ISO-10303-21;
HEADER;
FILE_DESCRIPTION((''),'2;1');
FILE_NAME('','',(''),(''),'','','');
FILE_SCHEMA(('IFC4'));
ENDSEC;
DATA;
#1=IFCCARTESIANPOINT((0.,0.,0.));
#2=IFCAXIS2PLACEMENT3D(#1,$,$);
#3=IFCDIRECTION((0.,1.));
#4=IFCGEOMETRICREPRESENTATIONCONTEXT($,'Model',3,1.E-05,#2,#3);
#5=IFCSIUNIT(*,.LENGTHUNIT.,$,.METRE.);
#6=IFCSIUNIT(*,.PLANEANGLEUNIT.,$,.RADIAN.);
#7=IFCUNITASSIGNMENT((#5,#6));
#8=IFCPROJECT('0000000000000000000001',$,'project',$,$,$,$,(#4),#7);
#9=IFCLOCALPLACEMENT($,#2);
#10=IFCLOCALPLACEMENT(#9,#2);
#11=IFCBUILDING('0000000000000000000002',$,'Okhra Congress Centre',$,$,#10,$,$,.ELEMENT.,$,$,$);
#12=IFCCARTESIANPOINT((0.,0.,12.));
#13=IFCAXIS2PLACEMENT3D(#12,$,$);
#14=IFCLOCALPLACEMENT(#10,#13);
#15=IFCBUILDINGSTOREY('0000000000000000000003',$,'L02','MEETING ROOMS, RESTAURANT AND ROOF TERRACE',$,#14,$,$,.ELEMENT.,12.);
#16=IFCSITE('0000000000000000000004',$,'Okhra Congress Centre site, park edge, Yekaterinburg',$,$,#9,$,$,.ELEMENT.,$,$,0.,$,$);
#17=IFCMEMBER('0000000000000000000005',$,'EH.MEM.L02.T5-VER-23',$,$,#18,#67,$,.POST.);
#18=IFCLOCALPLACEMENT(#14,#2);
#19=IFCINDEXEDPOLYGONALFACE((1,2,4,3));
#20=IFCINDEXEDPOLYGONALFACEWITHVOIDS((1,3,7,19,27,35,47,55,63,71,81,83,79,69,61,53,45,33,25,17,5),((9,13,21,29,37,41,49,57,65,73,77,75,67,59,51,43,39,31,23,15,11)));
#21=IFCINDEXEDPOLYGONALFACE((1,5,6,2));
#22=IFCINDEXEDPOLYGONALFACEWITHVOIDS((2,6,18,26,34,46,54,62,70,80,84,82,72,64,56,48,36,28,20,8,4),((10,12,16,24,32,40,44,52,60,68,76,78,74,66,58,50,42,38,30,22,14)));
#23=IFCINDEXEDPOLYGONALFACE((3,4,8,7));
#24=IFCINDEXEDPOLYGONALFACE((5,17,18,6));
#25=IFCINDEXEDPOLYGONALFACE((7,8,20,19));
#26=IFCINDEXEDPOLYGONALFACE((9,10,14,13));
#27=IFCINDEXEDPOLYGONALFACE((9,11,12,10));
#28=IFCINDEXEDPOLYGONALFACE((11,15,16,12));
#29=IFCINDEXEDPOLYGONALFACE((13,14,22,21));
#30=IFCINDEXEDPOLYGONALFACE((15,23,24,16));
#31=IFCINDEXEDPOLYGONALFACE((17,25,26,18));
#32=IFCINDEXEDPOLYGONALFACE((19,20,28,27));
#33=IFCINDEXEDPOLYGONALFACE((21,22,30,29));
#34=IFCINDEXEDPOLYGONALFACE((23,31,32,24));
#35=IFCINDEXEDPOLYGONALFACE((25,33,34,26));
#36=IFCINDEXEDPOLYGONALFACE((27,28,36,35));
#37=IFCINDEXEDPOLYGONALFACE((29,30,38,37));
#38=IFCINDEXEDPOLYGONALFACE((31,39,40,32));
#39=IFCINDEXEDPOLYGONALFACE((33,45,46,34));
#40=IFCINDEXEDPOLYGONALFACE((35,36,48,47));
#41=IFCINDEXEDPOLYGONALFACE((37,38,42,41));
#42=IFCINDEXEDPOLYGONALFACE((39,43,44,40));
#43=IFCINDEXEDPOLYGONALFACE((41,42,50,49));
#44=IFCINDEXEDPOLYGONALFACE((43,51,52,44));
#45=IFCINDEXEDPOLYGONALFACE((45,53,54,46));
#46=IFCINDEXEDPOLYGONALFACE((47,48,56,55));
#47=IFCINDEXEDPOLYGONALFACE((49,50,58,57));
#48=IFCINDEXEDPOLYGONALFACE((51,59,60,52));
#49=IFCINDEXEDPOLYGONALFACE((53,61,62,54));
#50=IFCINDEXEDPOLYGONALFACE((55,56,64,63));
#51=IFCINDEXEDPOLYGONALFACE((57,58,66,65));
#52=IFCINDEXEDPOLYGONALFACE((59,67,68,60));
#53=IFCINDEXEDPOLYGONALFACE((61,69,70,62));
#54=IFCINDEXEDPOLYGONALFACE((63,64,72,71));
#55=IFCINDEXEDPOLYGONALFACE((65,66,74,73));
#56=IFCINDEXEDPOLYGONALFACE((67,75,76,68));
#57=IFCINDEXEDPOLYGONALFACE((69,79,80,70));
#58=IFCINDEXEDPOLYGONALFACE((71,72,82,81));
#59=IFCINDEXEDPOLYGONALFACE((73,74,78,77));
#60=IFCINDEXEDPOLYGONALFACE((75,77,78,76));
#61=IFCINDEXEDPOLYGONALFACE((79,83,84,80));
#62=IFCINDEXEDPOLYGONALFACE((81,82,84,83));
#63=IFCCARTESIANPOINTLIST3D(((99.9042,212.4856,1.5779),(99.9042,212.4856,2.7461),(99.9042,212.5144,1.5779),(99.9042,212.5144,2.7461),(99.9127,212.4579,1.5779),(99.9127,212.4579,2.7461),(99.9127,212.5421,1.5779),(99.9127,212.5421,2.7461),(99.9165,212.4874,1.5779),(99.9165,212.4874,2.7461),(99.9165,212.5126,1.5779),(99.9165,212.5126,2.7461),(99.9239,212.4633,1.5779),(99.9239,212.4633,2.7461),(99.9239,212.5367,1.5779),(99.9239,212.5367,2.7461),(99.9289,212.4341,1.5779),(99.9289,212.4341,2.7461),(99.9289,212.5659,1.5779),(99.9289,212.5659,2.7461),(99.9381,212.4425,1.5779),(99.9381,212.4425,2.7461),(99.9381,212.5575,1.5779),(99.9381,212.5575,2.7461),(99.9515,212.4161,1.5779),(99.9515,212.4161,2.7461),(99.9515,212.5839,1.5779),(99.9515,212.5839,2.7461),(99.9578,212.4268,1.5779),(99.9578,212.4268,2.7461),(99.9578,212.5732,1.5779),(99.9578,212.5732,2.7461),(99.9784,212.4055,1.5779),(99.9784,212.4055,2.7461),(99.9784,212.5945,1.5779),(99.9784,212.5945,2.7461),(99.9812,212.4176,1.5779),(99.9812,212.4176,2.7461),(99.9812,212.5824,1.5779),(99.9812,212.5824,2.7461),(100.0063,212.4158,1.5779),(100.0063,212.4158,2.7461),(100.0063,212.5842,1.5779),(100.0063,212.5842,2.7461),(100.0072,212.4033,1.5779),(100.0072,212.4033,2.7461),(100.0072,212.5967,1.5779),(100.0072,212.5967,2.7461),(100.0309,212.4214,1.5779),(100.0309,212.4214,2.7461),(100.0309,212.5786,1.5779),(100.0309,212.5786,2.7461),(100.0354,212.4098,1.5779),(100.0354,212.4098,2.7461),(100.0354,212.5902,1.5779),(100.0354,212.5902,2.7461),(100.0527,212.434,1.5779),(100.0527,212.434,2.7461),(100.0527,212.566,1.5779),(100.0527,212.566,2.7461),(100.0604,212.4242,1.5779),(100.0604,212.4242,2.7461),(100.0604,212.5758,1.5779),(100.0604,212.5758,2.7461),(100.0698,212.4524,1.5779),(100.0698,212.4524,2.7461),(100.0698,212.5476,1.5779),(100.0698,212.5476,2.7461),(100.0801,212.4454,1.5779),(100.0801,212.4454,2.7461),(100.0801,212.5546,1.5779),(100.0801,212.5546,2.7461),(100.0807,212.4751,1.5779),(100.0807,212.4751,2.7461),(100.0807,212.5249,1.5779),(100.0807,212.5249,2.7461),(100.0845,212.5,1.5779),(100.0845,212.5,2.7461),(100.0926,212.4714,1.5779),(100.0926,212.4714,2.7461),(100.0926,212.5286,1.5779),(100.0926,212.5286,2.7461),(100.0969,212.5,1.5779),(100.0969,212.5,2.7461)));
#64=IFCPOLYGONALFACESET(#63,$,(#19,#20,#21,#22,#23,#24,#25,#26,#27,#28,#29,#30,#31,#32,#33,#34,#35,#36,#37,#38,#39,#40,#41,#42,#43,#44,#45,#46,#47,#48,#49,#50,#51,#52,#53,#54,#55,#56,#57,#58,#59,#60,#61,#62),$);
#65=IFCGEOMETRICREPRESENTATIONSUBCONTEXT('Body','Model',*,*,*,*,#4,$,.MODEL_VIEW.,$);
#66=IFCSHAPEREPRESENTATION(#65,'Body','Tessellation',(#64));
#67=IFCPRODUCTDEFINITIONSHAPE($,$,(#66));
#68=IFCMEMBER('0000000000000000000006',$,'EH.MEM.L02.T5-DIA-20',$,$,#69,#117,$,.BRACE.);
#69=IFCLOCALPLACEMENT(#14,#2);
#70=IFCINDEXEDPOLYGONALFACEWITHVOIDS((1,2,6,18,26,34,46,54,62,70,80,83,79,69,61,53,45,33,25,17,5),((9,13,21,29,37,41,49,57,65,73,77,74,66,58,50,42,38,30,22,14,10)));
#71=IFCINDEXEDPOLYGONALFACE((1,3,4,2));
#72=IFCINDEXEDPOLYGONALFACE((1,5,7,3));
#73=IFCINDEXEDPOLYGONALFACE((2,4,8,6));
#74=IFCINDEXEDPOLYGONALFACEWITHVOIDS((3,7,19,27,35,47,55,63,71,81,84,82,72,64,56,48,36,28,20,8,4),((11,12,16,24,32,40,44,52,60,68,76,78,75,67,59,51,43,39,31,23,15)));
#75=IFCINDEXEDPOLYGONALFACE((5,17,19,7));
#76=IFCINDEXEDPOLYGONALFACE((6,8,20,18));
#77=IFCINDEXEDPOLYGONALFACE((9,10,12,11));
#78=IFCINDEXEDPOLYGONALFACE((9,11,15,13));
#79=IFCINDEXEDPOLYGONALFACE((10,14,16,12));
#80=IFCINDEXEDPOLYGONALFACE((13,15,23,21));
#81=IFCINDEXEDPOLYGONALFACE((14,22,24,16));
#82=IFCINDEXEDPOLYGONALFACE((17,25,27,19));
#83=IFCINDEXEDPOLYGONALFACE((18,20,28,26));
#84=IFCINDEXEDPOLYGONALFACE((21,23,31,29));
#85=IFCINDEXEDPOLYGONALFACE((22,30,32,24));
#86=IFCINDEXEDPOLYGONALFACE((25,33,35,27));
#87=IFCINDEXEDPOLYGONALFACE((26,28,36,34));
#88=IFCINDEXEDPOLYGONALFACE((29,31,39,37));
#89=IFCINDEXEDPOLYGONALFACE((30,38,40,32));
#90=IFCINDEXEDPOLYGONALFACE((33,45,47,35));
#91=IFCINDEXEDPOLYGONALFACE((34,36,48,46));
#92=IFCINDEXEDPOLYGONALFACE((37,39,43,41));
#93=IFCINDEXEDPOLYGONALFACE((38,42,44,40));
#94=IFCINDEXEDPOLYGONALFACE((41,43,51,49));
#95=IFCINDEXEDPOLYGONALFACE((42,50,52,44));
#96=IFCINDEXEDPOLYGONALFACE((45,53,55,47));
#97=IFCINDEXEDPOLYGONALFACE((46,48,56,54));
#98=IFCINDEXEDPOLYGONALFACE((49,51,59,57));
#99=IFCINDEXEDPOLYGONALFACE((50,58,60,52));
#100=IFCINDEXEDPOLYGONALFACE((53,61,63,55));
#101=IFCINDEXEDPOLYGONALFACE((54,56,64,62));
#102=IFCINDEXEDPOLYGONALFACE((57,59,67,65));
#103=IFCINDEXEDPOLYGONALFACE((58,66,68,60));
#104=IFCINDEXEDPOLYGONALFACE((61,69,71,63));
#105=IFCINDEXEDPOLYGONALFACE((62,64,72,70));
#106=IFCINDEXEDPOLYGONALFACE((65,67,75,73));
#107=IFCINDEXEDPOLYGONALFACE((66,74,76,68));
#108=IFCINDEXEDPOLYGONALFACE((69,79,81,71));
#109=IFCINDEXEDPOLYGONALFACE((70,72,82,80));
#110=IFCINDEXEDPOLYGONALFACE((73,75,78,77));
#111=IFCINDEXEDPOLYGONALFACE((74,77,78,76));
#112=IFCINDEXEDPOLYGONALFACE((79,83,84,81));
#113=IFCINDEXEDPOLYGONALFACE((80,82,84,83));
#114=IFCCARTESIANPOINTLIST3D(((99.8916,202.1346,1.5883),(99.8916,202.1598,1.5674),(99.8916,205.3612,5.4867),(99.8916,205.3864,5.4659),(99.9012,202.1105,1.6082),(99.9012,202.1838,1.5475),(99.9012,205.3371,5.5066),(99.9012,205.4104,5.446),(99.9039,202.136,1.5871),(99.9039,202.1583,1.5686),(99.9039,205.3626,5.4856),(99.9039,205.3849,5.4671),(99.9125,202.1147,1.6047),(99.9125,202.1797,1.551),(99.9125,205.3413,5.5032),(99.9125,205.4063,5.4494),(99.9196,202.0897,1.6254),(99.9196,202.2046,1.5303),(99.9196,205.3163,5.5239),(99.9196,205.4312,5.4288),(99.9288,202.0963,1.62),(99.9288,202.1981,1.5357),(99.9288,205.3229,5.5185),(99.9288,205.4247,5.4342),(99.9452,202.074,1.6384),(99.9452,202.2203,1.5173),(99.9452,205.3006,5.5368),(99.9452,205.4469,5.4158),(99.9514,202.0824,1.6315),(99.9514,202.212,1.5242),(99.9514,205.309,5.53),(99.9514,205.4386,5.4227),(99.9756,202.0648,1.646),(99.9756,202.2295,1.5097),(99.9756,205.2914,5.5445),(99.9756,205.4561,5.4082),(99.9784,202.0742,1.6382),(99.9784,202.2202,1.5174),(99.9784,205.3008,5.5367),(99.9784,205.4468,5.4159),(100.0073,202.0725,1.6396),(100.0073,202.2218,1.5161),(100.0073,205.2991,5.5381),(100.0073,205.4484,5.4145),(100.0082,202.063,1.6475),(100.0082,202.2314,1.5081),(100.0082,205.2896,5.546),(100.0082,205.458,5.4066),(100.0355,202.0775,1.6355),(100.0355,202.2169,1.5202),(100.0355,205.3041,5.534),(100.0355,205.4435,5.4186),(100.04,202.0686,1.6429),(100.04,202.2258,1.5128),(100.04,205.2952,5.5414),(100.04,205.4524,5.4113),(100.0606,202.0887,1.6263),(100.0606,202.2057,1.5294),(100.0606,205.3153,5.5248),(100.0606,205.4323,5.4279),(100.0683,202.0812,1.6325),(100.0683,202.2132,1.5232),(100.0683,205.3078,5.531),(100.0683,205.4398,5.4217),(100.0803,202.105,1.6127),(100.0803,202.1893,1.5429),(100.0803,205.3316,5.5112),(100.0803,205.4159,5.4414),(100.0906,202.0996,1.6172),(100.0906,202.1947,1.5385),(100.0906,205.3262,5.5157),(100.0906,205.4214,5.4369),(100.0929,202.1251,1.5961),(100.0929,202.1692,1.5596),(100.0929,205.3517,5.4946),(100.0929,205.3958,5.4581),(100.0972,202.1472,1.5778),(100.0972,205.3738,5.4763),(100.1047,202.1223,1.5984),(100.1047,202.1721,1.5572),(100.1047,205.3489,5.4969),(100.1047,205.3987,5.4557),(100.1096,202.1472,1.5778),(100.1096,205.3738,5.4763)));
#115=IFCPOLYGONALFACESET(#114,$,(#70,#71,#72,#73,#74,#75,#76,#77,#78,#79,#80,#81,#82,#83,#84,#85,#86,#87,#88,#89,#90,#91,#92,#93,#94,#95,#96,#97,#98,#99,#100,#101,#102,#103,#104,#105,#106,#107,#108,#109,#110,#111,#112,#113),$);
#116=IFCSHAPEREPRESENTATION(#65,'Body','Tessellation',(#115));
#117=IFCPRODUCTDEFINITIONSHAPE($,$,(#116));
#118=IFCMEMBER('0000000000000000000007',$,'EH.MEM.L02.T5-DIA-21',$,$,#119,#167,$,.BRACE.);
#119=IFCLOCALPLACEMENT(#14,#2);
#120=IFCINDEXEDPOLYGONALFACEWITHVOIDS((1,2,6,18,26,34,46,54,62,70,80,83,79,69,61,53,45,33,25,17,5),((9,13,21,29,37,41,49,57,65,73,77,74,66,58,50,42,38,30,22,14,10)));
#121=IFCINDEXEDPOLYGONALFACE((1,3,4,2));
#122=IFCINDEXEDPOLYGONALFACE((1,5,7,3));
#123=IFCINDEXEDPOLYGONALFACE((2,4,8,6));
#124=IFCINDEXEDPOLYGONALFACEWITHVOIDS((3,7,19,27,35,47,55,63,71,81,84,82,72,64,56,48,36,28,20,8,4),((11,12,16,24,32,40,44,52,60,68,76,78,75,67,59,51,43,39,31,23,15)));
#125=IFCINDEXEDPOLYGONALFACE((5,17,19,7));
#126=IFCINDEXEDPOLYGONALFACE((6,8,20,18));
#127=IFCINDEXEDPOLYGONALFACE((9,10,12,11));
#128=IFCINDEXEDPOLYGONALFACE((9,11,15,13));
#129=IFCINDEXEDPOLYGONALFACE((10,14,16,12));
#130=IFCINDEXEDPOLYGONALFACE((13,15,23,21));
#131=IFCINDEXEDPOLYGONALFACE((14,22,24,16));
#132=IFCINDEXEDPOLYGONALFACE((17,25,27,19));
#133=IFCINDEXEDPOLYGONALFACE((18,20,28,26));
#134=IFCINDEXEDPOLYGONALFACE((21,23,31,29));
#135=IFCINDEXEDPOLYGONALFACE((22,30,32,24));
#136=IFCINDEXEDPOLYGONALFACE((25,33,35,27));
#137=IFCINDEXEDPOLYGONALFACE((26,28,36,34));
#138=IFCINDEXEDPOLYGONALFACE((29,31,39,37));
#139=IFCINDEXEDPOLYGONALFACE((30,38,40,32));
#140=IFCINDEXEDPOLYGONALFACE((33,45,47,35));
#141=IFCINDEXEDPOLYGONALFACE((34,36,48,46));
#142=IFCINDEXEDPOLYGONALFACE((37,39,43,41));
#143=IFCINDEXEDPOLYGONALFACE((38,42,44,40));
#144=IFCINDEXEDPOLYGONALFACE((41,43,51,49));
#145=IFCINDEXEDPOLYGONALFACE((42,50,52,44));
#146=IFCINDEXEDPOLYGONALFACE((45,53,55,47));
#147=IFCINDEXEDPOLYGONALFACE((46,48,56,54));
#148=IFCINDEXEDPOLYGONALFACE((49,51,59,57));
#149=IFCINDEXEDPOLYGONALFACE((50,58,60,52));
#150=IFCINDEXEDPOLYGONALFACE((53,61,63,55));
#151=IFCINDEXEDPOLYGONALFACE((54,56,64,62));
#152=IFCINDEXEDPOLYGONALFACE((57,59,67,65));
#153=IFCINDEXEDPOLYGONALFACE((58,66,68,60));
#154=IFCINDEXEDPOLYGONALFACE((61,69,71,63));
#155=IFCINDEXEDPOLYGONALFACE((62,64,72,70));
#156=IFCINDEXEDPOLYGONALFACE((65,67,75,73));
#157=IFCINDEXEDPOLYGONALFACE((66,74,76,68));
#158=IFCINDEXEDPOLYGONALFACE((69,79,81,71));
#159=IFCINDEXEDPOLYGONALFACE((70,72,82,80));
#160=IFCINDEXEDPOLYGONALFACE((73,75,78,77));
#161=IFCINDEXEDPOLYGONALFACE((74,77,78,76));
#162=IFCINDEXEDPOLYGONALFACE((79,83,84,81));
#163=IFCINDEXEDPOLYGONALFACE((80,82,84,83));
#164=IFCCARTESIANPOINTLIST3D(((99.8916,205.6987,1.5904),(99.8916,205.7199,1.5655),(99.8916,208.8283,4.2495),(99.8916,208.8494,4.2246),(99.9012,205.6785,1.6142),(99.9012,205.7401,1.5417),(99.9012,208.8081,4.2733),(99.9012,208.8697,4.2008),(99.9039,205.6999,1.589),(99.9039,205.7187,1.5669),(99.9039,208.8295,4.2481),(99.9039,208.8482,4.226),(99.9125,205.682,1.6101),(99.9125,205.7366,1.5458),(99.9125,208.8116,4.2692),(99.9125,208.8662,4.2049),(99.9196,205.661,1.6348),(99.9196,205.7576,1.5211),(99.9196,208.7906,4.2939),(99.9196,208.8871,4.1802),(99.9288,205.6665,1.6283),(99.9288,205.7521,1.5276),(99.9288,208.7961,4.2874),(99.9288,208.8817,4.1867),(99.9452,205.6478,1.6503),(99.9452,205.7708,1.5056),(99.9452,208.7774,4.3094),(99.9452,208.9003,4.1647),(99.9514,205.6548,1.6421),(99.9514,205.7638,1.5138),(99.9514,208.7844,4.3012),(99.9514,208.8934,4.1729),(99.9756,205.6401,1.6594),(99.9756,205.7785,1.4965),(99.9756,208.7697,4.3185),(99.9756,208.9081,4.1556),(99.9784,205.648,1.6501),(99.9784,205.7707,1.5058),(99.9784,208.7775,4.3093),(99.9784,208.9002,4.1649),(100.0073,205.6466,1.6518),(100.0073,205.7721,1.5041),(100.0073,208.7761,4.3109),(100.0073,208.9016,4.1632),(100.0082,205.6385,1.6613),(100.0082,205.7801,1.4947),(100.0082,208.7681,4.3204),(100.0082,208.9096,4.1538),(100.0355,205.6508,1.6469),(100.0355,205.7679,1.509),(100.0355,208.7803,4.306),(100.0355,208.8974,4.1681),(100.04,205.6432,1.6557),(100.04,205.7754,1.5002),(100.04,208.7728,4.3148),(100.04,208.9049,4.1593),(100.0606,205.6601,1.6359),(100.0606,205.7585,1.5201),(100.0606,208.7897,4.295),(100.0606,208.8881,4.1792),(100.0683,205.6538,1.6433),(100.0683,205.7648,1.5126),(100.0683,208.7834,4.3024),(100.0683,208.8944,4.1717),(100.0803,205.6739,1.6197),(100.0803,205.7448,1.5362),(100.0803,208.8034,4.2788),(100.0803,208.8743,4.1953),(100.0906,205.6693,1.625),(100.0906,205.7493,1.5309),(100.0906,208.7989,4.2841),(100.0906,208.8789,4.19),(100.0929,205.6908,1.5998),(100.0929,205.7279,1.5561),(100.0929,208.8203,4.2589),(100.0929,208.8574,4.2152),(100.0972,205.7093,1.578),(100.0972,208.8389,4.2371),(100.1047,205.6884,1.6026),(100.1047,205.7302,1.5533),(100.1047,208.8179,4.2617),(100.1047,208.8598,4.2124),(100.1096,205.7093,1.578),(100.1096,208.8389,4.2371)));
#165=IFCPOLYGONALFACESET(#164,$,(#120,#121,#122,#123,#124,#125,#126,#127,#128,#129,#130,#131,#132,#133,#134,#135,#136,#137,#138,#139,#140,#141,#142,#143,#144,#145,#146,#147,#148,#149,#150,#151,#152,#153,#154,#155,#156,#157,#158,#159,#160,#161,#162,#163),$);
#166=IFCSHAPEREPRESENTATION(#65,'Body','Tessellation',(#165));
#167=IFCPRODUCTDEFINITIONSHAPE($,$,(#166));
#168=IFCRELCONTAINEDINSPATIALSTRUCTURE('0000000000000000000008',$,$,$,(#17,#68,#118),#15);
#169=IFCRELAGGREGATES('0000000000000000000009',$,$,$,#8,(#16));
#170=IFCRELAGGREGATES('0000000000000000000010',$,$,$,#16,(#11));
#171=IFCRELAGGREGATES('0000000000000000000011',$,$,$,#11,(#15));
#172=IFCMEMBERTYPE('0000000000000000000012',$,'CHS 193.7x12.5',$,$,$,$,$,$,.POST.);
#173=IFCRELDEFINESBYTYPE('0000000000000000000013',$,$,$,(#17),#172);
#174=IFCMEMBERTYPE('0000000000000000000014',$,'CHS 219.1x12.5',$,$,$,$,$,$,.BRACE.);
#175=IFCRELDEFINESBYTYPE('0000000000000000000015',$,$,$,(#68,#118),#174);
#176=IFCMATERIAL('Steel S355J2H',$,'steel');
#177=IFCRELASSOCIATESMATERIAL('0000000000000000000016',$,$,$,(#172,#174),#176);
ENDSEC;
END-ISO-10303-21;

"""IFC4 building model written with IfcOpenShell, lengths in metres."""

from ifc_helpers import new_model, si_unit, direction, frame, origin, origin_2d, place, context, subcontext, project, spatial, hollow_circle, extrude, material, material_profile, profile_set, type_object, element, save


model = new_model("IFC4")

# Units and contexts
model_context = context("Model", 3, precision=1e-05, world=origin(), true_north=direction((0.0, 1.0)))
body_context = subcontext(model_context, "Body", "Model", "MODEL_VIEW")
ifc_project = project(units=[si_unit("LENGTHUNIT", "METRE"), si_unit("PLANEANGLEUNIT", "RADIAN")], contexts=[model_context])

# Site, building, storey
site_placement = place(None, origin())
site = spatial("IfcSite", under=ifc_project, at=site_placement, Name="Okhra Congress Centre site, park edge, Yekaterinburg", CompositionType="ELEMENT", RefElevation=0.0)
building_placement = place(site_placement, origin())
building = spatial("IfcBuilding", under=site, at=building_placement, Name="Okhra Congress Centre", CompositionType="ELEMENT")
storey_placement = place(building_placement, frame((0.0, 0.0, 12.0)))
storey = spatial("IfcBuildingStorey", under=building, at=storey_placement, Name="L02", Description="MEETING ROOMS, RESTAURANT AND ROOF TERRACE", CompositionType="ELEMENT", Elevation=12.0)

# Members
ifc_material_1 = material(Name="Steel S355J2H", Category="steel")
ifc_material_profile_1 = material_profile(ifc_material_1, hollow_circle(Radius=0.0969, WallThickness=0.0125, at=origin_2d()), Name="CHS 193.7x12.5")
ifc_profile_set_1 = profile_set([ifc_material_profile_1], Name="Steel S355J2H")
member_type_1 = type_object("IfcMemberType", Name="CHS 193.7x12.5", PredefinedType="POST", material=ifc_profile_set_1)
member_1_placement = place(storey_placement, frame((100.0, 212.5, 1.5779), z_axis=(0.0, 0.0, 1.0), x_axis=(1.0, 0.0, 0.0)))
element("IfcMember", 1, at=member_1_placement, inside=storey, type_object=member_type_1, Name="EH.MEM.L02.T5-VER-23", PredefinedType="POST", context=body_context, shape_type="SweptSolid", body=[
    extrude(hollow_circle(Radius=0.0969, WallThickness=0.0125, at=origin_2d()), origin(), (0.0, 0.0, 1.0), 1.1682),
])
ifc_material_profile_2 = material_profile(ifc_material_1, hollow_circle(Radius=0.1096, WallThickness=0.0125, at=origin_2d()), Name="CHS 219.1x12.5")
ifc_profile_set_2 = profile_set([ifc_material_profile_2], Name="Steel S355J2H")
member_type_2 = type_object("IfcMemberType", Name="CHS 219.1x12.5", PredefinedType="BRACE", material=ifc_profile_set_2)
member_2_placement = place(storey_placement, frame((100.0, 205.3738, 5.4763), z_axis=(0.0, -0.637599, -0.770368), x_axis=(1.0, 0.0, 0.0)))
element("IfcMember", 2, at=member_2_placement, inside=storey, type_object=member_type_2, Name="EH.MEM.L02.T5-DIA-20", PredefinedType="BRACE", context=body_context, shape_type="SweptSolid", body=[
    extrude(hollow_circle(Radius=0.1096, WallThickness=0.0125, at=origin_2d()), origin(), (0.0, 0.0, 1.0), 5.0605),
])
member_3_placement = place(storey_placement, frame((100.0, 208.8389, 4.2371), z_axis=(0.0, -0.762061, -0.647505), x_axis=(1.0, 0.0, 0.0)))
element("IfcMember", 3, at=member_3_placement, inside=storey, type_object=member_type_2, Name="EH.MEM.L02.T5-DIA-21", PredefinedType="BRACE", context=body_context, shape_type="SweptSolid", body=[
    extrude(hollow_circle(Radius=0.1096, WallThickness=0.0125, at=origin_2d()), origin(), (0.0, 0.0, 1.0), 4.1067),
])

save(model, "model.ifc")
